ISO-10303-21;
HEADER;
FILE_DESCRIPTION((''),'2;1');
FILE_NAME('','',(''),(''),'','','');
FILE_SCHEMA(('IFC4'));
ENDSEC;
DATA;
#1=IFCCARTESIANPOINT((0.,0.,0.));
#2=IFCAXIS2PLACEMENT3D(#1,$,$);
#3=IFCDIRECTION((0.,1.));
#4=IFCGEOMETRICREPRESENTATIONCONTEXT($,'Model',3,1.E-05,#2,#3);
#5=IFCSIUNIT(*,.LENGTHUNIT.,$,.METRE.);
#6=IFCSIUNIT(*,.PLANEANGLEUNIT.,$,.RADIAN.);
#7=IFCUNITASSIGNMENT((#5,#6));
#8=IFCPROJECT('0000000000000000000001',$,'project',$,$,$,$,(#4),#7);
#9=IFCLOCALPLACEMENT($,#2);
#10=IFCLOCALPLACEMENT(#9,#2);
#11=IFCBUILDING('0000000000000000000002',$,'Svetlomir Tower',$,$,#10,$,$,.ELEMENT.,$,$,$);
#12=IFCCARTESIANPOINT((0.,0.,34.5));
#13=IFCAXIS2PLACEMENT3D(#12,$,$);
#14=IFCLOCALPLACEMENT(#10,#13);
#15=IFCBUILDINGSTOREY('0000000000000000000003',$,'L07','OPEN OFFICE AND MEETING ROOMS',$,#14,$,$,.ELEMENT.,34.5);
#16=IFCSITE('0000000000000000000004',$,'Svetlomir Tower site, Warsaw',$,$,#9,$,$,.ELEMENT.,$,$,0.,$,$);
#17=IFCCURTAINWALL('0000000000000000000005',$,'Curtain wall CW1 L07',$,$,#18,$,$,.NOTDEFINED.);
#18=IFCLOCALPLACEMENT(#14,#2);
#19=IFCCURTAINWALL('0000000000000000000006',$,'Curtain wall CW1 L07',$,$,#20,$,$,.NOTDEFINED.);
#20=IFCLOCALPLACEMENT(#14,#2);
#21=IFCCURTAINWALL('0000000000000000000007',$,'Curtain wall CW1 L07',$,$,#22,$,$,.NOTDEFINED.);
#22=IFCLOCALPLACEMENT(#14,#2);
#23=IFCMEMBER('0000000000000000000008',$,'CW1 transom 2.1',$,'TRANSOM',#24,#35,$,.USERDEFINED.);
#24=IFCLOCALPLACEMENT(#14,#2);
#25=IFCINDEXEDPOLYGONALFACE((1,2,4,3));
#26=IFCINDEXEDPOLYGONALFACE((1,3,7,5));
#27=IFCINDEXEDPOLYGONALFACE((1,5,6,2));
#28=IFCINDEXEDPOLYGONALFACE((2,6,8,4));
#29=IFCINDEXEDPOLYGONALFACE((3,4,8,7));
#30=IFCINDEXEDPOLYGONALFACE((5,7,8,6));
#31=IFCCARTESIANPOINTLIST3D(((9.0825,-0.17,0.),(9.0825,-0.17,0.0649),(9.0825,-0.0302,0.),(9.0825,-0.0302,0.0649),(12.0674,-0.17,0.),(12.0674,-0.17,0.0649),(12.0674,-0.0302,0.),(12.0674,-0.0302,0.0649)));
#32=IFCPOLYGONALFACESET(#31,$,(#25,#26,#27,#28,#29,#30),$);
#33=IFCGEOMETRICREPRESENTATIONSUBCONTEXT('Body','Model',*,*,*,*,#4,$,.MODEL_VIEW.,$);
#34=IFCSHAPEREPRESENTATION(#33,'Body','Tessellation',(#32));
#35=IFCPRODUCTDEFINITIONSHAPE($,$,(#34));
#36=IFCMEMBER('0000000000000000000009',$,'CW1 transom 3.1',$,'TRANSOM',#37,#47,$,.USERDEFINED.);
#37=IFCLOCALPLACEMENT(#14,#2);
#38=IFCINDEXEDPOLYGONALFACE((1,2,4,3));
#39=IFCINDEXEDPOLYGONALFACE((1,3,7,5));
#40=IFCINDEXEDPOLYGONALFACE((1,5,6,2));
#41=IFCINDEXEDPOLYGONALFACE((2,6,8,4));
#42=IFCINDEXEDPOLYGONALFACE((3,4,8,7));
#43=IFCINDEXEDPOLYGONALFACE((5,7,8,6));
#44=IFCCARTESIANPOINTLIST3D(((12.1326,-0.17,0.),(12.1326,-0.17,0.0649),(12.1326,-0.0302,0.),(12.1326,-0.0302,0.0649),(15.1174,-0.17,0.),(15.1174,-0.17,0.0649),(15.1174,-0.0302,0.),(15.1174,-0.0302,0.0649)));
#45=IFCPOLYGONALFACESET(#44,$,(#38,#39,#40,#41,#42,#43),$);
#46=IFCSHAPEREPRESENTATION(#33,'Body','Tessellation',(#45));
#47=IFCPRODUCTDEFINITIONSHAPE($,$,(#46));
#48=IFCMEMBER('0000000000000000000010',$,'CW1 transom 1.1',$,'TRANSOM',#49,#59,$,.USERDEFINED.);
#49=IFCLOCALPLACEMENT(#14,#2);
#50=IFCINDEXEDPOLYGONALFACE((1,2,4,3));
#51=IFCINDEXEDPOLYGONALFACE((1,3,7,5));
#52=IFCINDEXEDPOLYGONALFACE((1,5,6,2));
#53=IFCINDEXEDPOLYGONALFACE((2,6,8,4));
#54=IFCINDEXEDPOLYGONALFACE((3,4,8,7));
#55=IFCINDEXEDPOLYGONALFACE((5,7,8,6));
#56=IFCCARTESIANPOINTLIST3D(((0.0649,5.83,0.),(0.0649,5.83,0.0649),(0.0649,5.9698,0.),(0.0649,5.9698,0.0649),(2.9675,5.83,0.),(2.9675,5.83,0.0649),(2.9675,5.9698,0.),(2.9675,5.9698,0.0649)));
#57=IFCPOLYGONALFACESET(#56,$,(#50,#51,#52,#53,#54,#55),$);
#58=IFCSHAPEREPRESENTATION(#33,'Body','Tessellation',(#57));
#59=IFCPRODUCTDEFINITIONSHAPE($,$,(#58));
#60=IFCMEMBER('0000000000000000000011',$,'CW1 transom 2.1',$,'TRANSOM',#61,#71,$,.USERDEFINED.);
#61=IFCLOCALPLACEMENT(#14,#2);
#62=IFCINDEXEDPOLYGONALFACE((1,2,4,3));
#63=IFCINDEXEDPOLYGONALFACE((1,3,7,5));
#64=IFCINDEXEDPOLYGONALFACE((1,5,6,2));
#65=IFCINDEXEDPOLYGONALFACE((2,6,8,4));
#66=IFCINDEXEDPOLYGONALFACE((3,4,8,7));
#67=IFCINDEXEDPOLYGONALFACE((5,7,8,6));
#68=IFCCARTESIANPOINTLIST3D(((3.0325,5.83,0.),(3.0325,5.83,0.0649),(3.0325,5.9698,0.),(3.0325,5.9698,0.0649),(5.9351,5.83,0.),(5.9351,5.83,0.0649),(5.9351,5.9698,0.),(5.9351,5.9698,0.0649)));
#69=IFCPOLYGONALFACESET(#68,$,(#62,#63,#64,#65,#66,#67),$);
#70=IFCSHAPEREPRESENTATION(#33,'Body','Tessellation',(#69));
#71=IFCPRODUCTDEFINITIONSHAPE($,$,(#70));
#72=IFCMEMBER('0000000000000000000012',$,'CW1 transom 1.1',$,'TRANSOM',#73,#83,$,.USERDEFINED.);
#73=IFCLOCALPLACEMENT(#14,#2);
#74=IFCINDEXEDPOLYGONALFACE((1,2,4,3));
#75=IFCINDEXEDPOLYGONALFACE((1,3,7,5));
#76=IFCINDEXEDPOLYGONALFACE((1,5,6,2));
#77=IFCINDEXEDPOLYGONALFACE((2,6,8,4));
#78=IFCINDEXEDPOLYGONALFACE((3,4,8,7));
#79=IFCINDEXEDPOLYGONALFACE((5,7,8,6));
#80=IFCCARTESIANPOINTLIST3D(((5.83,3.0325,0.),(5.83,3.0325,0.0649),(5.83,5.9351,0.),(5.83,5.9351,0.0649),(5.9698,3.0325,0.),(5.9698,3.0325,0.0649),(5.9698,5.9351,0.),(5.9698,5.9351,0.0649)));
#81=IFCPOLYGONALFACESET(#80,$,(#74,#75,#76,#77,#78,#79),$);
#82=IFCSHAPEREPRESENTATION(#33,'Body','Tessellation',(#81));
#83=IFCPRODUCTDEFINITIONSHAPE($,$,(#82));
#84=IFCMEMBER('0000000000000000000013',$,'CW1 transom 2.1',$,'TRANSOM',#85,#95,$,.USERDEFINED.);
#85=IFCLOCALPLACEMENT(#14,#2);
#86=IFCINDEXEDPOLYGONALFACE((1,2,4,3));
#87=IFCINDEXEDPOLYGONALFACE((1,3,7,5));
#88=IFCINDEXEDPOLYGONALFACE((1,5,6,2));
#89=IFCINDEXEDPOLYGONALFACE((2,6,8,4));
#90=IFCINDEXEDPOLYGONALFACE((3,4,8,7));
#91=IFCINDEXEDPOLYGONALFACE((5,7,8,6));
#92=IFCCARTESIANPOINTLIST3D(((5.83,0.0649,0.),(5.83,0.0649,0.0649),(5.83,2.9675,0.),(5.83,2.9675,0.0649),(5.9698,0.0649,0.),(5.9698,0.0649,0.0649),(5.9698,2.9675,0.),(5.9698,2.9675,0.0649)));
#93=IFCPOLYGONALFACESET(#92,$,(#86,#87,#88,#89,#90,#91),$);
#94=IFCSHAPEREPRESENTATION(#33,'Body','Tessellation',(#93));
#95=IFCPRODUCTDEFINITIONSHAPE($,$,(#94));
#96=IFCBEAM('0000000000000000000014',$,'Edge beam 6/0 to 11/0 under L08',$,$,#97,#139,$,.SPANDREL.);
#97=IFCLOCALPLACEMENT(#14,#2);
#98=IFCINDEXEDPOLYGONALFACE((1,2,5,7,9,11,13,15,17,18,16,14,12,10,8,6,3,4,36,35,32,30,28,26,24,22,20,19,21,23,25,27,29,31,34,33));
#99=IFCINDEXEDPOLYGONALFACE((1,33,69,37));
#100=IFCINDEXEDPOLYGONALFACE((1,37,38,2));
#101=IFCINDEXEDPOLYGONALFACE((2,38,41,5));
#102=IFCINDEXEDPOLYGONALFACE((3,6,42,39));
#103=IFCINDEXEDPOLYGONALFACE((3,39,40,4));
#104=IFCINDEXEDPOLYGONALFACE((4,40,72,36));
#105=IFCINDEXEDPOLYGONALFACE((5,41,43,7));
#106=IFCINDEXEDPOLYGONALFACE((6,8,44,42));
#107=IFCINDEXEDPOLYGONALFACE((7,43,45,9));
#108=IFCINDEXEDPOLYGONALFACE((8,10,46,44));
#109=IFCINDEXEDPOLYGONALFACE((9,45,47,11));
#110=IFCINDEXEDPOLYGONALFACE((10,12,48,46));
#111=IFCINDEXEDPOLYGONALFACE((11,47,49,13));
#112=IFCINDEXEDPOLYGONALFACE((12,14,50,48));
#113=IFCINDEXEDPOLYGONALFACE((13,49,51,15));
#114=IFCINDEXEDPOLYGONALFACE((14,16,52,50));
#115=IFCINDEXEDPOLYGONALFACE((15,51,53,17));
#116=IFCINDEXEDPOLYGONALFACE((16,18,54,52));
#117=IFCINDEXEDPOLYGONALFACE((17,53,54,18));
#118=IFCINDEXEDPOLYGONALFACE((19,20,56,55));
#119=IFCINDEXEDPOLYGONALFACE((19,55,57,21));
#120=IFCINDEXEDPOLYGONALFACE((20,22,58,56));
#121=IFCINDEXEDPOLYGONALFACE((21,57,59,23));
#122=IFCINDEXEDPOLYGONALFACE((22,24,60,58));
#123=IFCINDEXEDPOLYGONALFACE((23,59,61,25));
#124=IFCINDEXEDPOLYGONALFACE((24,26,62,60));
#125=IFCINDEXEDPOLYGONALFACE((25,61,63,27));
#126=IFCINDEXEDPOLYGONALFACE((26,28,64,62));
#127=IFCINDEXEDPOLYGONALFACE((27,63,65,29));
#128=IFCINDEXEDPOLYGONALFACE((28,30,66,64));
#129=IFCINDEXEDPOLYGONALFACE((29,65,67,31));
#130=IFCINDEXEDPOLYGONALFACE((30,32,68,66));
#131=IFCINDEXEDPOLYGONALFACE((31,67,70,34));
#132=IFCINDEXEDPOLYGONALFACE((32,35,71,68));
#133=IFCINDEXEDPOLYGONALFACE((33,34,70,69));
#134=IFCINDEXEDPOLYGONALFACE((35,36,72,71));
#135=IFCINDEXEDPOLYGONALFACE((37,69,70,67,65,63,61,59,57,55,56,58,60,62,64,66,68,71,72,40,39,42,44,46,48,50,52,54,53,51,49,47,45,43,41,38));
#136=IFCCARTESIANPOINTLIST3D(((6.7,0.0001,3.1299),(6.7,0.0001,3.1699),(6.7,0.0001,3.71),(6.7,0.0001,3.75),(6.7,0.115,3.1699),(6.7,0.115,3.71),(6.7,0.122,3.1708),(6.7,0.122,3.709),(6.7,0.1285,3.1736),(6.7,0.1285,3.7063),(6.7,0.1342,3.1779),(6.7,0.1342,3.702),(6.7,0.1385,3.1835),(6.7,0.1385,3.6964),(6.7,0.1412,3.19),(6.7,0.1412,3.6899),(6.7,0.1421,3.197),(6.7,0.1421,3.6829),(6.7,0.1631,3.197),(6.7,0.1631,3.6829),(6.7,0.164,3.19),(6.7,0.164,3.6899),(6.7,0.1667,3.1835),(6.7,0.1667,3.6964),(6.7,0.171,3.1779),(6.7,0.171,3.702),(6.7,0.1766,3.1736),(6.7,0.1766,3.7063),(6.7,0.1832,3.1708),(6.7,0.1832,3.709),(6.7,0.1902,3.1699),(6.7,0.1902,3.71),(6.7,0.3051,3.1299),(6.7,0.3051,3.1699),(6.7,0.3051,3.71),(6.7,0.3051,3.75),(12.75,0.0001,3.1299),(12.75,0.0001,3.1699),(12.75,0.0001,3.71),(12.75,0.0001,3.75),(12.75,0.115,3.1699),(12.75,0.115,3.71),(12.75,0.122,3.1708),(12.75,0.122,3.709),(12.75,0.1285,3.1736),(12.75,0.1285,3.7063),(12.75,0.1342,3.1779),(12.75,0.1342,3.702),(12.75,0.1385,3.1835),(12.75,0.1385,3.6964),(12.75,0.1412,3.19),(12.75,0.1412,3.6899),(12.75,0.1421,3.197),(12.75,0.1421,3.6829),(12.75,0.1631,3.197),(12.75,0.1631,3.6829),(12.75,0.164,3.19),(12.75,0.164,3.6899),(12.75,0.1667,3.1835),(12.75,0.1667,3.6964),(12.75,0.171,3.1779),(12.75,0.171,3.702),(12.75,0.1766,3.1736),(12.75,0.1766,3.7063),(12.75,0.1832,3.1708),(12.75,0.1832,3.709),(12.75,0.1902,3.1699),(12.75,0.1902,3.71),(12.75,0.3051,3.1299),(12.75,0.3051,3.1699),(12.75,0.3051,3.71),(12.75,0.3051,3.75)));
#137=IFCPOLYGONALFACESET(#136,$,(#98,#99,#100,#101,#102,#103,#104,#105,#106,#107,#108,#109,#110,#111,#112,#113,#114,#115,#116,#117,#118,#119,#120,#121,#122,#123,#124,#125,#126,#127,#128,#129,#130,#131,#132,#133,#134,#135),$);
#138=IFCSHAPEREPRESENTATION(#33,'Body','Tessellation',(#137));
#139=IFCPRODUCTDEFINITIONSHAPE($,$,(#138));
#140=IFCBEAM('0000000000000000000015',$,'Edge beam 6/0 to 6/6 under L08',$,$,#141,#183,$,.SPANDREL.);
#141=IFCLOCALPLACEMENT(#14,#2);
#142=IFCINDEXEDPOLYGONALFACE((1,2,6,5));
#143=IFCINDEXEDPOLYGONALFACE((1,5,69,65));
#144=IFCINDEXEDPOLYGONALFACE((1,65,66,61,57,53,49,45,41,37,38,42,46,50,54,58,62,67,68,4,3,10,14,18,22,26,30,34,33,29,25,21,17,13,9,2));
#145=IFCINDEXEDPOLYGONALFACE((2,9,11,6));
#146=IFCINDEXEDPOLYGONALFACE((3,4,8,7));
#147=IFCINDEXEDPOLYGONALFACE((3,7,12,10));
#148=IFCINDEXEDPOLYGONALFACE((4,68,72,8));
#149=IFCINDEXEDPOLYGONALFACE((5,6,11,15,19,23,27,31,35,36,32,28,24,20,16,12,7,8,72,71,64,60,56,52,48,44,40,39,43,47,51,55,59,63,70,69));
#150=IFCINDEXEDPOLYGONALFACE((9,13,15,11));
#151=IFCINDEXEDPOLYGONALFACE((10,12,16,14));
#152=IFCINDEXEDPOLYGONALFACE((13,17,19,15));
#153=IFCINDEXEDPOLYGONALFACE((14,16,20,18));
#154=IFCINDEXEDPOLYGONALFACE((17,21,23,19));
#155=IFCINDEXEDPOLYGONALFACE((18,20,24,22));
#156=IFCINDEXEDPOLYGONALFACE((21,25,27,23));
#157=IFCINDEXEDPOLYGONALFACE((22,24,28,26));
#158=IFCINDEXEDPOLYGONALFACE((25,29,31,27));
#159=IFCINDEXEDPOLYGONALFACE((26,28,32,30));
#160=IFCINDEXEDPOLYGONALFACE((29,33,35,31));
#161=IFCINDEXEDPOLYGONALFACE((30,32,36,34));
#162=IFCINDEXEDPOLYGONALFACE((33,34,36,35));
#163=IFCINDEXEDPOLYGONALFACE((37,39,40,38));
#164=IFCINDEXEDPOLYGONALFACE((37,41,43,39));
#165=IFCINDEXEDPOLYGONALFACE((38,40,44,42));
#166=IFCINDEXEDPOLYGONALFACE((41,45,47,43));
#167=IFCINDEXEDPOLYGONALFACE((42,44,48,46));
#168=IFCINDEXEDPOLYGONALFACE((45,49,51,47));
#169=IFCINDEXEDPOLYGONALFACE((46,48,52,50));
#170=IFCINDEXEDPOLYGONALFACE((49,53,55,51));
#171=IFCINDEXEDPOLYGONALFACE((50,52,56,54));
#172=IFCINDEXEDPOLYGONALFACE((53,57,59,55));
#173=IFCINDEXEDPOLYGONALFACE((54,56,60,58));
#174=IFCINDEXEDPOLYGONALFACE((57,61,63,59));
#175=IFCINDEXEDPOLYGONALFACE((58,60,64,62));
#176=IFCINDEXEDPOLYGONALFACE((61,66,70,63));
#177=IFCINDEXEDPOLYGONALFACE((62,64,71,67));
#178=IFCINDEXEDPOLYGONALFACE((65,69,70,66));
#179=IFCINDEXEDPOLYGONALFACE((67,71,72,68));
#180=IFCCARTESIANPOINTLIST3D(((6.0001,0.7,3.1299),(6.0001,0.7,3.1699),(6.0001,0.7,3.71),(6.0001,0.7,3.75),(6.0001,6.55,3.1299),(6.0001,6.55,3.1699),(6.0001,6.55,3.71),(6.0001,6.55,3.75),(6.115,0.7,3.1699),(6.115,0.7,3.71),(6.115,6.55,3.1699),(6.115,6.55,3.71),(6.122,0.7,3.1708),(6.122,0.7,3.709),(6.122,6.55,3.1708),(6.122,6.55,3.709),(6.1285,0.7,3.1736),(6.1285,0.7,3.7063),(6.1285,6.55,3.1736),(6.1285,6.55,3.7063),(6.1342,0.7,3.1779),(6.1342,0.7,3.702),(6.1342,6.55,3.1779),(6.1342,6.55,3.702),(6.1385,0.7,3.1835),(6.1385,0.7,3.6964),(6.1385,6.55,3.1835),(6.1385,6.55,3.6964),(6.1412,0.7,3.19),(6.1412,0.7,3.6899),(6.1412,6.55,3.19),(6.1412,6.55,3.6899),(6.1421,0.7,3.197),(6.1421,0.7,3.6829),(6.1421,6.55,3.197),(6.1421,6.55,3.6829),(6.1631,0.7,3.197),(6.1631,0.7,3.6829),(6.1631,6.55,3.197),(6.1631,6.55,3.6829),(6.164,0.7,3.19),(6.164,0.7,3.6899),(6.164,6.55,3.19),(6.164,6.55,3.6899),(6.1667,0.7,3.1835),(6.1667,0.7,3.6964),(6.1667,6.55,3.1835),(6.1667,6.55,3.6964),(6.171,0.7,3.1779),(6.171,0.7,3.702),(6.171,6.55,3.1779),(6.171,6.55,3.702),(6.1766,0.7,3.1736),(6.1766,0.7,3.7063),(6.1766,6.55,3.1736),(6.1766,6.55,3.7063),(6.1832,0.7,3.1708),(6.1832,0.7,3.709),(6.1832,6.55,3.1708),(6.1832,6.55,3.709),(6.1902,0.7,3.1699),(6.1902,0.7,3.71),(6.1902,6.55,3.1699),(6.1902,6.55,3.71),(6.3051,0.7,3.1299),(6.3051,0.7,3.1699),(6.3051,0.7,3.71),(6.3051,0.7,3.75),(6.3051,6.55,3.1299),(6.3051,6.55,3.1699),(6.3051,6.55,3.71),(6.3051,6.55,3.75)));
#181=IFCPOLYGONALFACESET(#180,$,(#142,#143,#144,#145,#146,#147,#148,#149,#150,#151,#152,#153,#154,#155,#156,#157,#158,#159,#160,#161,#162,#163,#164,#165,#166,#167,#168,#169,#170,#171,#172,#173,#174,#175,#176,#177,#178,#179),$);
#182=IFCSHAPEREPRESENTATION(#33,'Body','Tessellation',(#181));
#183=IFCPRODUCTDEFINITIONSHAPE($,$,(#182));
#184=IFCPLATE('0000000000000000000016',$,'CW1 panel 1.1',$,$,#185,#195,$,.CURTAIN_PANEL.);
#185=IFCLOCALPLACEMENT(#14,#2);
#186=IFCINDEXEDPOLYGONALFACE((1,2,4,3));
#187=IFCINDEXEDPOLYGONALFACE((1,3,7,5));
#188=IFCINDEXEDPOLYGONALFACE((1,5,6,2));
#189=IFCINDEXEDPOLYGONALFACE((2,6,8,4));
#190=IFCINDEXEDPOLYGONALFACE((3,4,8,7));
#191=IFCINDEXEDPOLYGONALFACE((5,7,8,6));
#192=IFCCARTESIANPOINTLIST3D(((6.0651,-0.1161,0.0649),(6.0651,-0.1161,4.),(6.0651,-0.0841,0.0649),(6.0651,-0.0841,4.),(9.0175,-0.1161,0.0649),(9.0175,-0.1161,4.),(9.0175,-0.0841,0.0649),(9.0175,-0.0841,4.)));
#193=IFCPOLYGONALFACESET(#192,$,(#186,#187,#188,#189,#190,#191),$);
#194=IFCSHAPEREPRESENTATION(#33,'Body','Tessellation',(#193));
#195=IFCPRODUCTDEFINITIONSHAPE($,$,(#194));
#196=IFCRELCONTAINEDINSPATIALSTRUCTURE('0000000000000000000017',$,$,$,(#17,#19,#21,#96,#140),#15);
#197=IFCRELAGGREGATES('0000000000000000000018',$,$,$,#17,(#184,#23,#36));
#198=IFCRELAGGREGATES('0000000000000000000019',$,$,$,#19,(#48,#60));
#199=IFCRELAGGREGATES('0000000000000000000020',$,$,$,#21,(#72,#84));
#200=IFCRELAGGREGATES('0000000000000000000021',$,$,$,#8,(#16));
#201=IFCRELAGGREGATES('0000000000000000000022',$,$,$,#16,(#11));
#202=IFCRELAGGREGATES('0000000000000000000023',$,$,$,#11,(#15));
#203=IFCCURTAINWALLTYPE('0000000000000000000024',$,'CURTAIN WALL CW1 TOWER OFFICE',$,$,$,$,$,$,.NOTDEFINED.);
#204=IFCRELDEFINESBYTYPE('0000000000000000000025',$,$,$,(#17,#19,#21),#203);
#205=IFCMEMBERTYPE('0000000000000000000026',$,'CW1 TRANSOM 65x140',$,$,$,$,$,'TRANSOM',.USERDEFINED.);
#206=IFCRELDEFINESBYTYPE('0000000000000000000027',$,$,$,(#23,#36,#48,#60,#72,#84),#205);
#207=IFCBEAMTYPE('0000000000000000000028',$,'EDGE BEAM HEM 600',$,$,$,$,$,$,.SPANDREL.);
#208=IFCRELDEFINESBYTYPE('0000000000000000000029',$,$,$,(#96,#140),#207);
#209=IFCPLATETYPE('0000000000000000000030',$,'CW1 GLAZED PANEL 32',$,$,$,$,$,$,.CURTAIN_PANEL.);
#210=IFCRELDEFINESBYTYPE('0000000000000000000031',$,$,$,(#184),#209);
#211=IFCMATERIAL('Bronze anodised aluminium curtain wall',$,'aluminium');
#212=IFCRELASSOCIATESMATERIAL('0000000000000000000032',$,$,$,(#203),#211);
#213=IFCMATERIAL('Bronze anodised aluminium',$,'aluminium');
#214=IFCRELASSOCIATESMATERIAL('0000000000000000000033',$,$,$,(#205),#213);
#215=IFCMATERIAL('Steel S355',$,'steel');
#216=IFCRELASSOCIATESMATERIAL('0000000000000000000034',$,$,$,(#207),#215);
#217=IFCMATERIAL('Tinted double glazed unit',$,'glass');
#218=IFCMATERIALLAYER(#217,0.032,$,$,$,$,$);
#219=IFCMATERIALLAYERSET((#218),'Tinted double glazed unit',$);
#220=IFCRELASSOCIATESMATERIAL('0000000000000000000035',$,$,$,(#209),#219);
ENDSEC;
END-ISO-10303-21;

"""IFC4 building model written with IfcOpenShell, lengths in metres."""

from ifc_helpers import new_model, si_unit, direction, frame, origin, origin_2d, place, context, subcontext, project, spatial, rectangle, i_section, extrude, material, layer, layer_set, material_profile, profile_set, type_object, element, aggregate, save


model = new_model("IFC4")

# Units and contexts
model_context = context("Model", 3, precision=1e-05, world=origin(), true_north=direction((0.0, 1.0)))
body_context = subcontext(model_context, "Body", "Model", "MODEL_VIEW")
ifc_project = project(units=[si_unit("LENGTHUNIT", "METRE"), si_unit("PLANEANGLEUNIT", "RADIAN")], contexts=[model_context])

# Site, building, storey
site_placement = place(None, origin())
site = spatial("IfcSite", under=ifc_project, at=site_placement, Name="Svetlomir Tower site, Warsaw", CompositionType="ELEMENT", RefElevation=0.0)
building_placement = place(site_placement, origin())
building = spatial("IfcBuilding", under=site, at=building_placement, Name="Svetlomir Tower", CompositionType="ELEMENT")
storey_placement = place(building_placement, frame((0.0, 0.0, 34.5)))
storey = spatial("IfcBuildingStorey", under=building, at=storey_placement, Name="L07", Description="OPEN OFFICE AND MEETING ROOMS", CompositionType="ELEMENT", Elevation=34.5)

# Curtain walls
ifc_material_1 = material(Name="Bronze anodised aluminium curtain wall", Category="aluminium")
curtain_wall_type = type_object("IfcCurtainWallType", Name="CURTAIN WALL CW1 TOWER OFFICE", PredefinedType="NOTDEFINED", material=ifc_material_1)
curtain_wall_1_placement = place(storey_placement, origin())
curtain_wall_1 = element("IfcCurtainWall", 1, at=curtain_wall_1_placement, inside=storey, type_object=curtain_wall_type, Name="Curtain wall CW1 L07", PredefinedType="NOTDEFINED")
curtain_wall_2_placement = place(storey_placement, origin())
curtain_wall_2 = element("IfcCurtainWall", 2, at=curtain_wall_2_placement, inside=storey, type_object=curtain_wall_type, Name="Curtain wall CW1 L07", PredefinedType="NOTDEFINED")
curtain_wall_3_placement = place(storey_placement, origin())
curtain_wall_3 = element("IfcCurtainWall", 3, at=curtain_wall_3_placement, inside=storey, type_object=curtain_wall_type, Name="Curtain wall CW1 L07", PredefinedType="NOTDEFINED")

# Members
ifc_material_2 = material(Name="Bronze anodised aluminium", Category="aluminium")
ifc_material_profile_1 = material_profile(ifc_material_2, rectangle(XDim=0.1399, YDim=0.0649, at=origin_2d()), Name="AL 140x65")
ifc_profile_set_1 = profile_set([ifc_material_profile_1], Name="Bronze anodised aluminium 6063-T6")
member_type_1 = type_object("IfcMemberType", Name="CW1 TRANSOM 65x140", ElementType="TRANSOM", PredefinedType="USERDEFINED", material=ifc_profile_set_1)
member_1_placement = place(storey_placement, frame((9.0825, -0.1001, 0.0325), z_axis=(1.0, 0.0, 0.0), x_axis=(0.0, 1.0, 0.0)))
member_1 = element("IfcMember", 4, at=member_1_placement, type_object=member_type_1, Name="CW1 transom 2.1", ObjectType="TRANSOM", PredefinedType="USERDEFINED", context=body_context, shape_type="SweptSolid", body=[
    extrude(rectangle(XDim=0.1399, YDim=0.0649, at=origin_2d()), origin(), (0.0, 0.0, 1.0), 2.9849),
])
member_2_placement = place(storey_placement, frame((12.1326, -0.1001, 0.0325), z_axis=(1.0, 0.0, 0.0), x_axis=(0.0, 1.0, 0.0)))
member_2 = element("IfcMember", 5, at=member_2_placement, type_object=member_type_1, Name="CW1 transom 3.1", ObjectType="TRANSOM", PredefinedType="USERDEFINED", context=body_context, shape_type="SweptSolid", body=[
    extrude(rectangle(XDim=0.1399, YDim=0.0649, at=origin_2d()), origin(), (0.0, 0.0, 1.0), 2.9849),
])
member_3_placement = place(storey_placement, frame((0.0649, 5.8999, 0.0325), z_axis=(1.0, 0.0, 0.0), x_axis=(0.0, 1.0, 0.0)))
member_3 = element("IfcMember", 6, at=member_3_placement, type_object=member_type_1, Name="CW1 transom 1.1", ObjectType="TRANSOM", PredefinedType="USERDEFINED", context=body_context, shape_type="SweptSolid", body=[
    extrude(rectangle(XDim=0.1399, YDim=0.0649, at=origin_2d()), origin(), (0.0, 0.0, 1.0), 2.9026),
])
member_4_placement = place(storey_placement, frame((3.0325, 5.8999, 0.0325), z_axis=(1.0, 0.0, 0.0), x_axis=(0.0, 1.0, 0.0)))
member_4 = element("IfcMember", 7, at=member_4_placement, type_object=member_type_1, Name="CW1 transom 2.1", ObjectType="TRANSOM", PredefinedType="USERDEFINED", context=body_context, shape_type="SweptSolid", body=[
    extrude(rectangle(XDim=0.1399, YDim=0.0649, at=origin_2d()), origin(), (0.0, 0.0, 1.0), 2.9026),
])
member_5_placement = place(storey_placement, frame((5.8999, 5.9351, 0.0325), z_axis=(0.0, -1.0, 0.0), x_axis=(1.0, 0.0, 0.0)))
member_5 = element("IfcMember", 8, at=member_5_placement, type_object=member_type_1, Name="CW1 transom 1.1", ObjectType="TRANSOM", PredefinedType="USERDEFINED", context=body_context, shape_type="SweptSolid", body=[
    extrude(rectangle(XDim=0.1399, YDim=0.0649, at=origin_2d()), origin(), (0.0, 0.0, 1.0), 2.9026),
])
member_6_placement = place(storey_placement, frame((5.8999, 2.9675, 0.0325), z_axis=(0.0, -1.0, 0.0), x_axis=(1.0, 0.0, 0.0)))
member_6 = element("IfcMember", 9, at=member_6_placement, type_object=member_type_1, Name="CW1 transom 2.1", ObjectType="TRANSOM", PredefinedType="USERDEFINED", context=body_context, shape_type="SweptSolid", body=[
    extrude(rectangle(XDim=0.1399, YDim=0.0649, at=origin_2d()), origin(), (0.0, 0.0, 1.0), 2.9026),
])

# Beams
ifc_material_3 = material(Name="Steel S355", Category="steel")
ifc_material_profile_2 = material_profile(ifc_material_3, i_section(OverallWidth=0.3049, OverallDepth=0.6201, WebThickness=0.021, FlangeThickness=0.04, FilletRadius=0.0271, at=origin_2d()), Name="HEM 600")
ifc_profile_set_2 = profile_set([ifc_material_profile_2], Name="Steel S355")
beam_type = type_object("IfcBeamType", Name="EDGE BEAM HEM 600", PredefinedType="SPANDREL", material=ifc_profile_set_2)
beam_1_placement = place(storey_placement, frame((6.7, 0.1526, 3.4399), z_axis=(1.0, 0.0, 0.0), x_axis=(0.0, 1.0, 0.0)))
element("IfcBeam", 10, at=beam_1_placement, inside=storey, type_object=beam_type, Name="Edge beam 6/0 to 11/0 under L08", PredefinedType="SPANDREL", context=body_context, shape_type="SweptSolid", body=[
    extrude(i_section(OverallWidth=0.3049, OverallDepth=0.6201, WebThickness=0.021, FlangeThickness=0.04, FilletRadius=0.0271, at=origin_2d()), origin(), (0.0, 0.0, 1.0), 6.05),
])
beam_2_placement = place(storey_placement, frame((6.1526, 0.7, 3.4399), z_axis=(0.0, 1.0, 0.0), x_axis=(-1.0, 0.0, 0.0)))
element("IfcBeam", 11, at=beam_2_placement, inside=storey, type_object=beam_type, Name="Edge beam 6/0 to 6/6 under L08", PredefinedType="SPANDREL", context=body_context, shape_type="SweptSolid", body=[
    extrude(i_section(OverallWidth=0.3049, OverallDepth=0.6201, WebThickness=0.021, FlangeThickness=0.04, FilletRadius=0.0271, at=origin_2d()), origin(), (0.0, 0.0, 1.0), 5.8501),
])

# Plate
ifc_material_4 = material(Name="Tinted double glazed unit", Category="glass")
ifc_layer_1 = layer(ifc_material_4, 0.032)
ifc_layer_set_1 = layer_set([ifc_layer_1], Name="Tinted double glazed unit")
plate_type = type_object("IfcPlateType", Name="CW1 GLAZED PANEL 32", PredefinedType="CURTAIN_PANEL", material=ifc_layer_set_1)
plate_1_placement = place(storey_placement, frame((7.5413, -0.1001, 0.0649), z_axis=(0.0, 0.0, 1.0), x_axis=(1.0, 0.0, 0.0)))
plate_1 = element("IfcPlate", 12, at=plate_1_placement, type_object=plate_type, Name="CW1 panel 1.1", PredefinedType="CURTAIN_PANEL", context=body_context, shape_type="SweptSolid", body=[
    extrude(rectangle(XDim=2.9524, YDim=0.032, at=origin_2d()), origin(), (0.0, 0.0, 1.0), 3.9351),
])
aggregate(curtain_wall_1, [plate_1, member_1, member_2])
aggregate(curtain_wall_2, [member_3, member_4])
aggregate(curtain_wall_3, [member_5, member_6])

save(model, "model.ifc")
